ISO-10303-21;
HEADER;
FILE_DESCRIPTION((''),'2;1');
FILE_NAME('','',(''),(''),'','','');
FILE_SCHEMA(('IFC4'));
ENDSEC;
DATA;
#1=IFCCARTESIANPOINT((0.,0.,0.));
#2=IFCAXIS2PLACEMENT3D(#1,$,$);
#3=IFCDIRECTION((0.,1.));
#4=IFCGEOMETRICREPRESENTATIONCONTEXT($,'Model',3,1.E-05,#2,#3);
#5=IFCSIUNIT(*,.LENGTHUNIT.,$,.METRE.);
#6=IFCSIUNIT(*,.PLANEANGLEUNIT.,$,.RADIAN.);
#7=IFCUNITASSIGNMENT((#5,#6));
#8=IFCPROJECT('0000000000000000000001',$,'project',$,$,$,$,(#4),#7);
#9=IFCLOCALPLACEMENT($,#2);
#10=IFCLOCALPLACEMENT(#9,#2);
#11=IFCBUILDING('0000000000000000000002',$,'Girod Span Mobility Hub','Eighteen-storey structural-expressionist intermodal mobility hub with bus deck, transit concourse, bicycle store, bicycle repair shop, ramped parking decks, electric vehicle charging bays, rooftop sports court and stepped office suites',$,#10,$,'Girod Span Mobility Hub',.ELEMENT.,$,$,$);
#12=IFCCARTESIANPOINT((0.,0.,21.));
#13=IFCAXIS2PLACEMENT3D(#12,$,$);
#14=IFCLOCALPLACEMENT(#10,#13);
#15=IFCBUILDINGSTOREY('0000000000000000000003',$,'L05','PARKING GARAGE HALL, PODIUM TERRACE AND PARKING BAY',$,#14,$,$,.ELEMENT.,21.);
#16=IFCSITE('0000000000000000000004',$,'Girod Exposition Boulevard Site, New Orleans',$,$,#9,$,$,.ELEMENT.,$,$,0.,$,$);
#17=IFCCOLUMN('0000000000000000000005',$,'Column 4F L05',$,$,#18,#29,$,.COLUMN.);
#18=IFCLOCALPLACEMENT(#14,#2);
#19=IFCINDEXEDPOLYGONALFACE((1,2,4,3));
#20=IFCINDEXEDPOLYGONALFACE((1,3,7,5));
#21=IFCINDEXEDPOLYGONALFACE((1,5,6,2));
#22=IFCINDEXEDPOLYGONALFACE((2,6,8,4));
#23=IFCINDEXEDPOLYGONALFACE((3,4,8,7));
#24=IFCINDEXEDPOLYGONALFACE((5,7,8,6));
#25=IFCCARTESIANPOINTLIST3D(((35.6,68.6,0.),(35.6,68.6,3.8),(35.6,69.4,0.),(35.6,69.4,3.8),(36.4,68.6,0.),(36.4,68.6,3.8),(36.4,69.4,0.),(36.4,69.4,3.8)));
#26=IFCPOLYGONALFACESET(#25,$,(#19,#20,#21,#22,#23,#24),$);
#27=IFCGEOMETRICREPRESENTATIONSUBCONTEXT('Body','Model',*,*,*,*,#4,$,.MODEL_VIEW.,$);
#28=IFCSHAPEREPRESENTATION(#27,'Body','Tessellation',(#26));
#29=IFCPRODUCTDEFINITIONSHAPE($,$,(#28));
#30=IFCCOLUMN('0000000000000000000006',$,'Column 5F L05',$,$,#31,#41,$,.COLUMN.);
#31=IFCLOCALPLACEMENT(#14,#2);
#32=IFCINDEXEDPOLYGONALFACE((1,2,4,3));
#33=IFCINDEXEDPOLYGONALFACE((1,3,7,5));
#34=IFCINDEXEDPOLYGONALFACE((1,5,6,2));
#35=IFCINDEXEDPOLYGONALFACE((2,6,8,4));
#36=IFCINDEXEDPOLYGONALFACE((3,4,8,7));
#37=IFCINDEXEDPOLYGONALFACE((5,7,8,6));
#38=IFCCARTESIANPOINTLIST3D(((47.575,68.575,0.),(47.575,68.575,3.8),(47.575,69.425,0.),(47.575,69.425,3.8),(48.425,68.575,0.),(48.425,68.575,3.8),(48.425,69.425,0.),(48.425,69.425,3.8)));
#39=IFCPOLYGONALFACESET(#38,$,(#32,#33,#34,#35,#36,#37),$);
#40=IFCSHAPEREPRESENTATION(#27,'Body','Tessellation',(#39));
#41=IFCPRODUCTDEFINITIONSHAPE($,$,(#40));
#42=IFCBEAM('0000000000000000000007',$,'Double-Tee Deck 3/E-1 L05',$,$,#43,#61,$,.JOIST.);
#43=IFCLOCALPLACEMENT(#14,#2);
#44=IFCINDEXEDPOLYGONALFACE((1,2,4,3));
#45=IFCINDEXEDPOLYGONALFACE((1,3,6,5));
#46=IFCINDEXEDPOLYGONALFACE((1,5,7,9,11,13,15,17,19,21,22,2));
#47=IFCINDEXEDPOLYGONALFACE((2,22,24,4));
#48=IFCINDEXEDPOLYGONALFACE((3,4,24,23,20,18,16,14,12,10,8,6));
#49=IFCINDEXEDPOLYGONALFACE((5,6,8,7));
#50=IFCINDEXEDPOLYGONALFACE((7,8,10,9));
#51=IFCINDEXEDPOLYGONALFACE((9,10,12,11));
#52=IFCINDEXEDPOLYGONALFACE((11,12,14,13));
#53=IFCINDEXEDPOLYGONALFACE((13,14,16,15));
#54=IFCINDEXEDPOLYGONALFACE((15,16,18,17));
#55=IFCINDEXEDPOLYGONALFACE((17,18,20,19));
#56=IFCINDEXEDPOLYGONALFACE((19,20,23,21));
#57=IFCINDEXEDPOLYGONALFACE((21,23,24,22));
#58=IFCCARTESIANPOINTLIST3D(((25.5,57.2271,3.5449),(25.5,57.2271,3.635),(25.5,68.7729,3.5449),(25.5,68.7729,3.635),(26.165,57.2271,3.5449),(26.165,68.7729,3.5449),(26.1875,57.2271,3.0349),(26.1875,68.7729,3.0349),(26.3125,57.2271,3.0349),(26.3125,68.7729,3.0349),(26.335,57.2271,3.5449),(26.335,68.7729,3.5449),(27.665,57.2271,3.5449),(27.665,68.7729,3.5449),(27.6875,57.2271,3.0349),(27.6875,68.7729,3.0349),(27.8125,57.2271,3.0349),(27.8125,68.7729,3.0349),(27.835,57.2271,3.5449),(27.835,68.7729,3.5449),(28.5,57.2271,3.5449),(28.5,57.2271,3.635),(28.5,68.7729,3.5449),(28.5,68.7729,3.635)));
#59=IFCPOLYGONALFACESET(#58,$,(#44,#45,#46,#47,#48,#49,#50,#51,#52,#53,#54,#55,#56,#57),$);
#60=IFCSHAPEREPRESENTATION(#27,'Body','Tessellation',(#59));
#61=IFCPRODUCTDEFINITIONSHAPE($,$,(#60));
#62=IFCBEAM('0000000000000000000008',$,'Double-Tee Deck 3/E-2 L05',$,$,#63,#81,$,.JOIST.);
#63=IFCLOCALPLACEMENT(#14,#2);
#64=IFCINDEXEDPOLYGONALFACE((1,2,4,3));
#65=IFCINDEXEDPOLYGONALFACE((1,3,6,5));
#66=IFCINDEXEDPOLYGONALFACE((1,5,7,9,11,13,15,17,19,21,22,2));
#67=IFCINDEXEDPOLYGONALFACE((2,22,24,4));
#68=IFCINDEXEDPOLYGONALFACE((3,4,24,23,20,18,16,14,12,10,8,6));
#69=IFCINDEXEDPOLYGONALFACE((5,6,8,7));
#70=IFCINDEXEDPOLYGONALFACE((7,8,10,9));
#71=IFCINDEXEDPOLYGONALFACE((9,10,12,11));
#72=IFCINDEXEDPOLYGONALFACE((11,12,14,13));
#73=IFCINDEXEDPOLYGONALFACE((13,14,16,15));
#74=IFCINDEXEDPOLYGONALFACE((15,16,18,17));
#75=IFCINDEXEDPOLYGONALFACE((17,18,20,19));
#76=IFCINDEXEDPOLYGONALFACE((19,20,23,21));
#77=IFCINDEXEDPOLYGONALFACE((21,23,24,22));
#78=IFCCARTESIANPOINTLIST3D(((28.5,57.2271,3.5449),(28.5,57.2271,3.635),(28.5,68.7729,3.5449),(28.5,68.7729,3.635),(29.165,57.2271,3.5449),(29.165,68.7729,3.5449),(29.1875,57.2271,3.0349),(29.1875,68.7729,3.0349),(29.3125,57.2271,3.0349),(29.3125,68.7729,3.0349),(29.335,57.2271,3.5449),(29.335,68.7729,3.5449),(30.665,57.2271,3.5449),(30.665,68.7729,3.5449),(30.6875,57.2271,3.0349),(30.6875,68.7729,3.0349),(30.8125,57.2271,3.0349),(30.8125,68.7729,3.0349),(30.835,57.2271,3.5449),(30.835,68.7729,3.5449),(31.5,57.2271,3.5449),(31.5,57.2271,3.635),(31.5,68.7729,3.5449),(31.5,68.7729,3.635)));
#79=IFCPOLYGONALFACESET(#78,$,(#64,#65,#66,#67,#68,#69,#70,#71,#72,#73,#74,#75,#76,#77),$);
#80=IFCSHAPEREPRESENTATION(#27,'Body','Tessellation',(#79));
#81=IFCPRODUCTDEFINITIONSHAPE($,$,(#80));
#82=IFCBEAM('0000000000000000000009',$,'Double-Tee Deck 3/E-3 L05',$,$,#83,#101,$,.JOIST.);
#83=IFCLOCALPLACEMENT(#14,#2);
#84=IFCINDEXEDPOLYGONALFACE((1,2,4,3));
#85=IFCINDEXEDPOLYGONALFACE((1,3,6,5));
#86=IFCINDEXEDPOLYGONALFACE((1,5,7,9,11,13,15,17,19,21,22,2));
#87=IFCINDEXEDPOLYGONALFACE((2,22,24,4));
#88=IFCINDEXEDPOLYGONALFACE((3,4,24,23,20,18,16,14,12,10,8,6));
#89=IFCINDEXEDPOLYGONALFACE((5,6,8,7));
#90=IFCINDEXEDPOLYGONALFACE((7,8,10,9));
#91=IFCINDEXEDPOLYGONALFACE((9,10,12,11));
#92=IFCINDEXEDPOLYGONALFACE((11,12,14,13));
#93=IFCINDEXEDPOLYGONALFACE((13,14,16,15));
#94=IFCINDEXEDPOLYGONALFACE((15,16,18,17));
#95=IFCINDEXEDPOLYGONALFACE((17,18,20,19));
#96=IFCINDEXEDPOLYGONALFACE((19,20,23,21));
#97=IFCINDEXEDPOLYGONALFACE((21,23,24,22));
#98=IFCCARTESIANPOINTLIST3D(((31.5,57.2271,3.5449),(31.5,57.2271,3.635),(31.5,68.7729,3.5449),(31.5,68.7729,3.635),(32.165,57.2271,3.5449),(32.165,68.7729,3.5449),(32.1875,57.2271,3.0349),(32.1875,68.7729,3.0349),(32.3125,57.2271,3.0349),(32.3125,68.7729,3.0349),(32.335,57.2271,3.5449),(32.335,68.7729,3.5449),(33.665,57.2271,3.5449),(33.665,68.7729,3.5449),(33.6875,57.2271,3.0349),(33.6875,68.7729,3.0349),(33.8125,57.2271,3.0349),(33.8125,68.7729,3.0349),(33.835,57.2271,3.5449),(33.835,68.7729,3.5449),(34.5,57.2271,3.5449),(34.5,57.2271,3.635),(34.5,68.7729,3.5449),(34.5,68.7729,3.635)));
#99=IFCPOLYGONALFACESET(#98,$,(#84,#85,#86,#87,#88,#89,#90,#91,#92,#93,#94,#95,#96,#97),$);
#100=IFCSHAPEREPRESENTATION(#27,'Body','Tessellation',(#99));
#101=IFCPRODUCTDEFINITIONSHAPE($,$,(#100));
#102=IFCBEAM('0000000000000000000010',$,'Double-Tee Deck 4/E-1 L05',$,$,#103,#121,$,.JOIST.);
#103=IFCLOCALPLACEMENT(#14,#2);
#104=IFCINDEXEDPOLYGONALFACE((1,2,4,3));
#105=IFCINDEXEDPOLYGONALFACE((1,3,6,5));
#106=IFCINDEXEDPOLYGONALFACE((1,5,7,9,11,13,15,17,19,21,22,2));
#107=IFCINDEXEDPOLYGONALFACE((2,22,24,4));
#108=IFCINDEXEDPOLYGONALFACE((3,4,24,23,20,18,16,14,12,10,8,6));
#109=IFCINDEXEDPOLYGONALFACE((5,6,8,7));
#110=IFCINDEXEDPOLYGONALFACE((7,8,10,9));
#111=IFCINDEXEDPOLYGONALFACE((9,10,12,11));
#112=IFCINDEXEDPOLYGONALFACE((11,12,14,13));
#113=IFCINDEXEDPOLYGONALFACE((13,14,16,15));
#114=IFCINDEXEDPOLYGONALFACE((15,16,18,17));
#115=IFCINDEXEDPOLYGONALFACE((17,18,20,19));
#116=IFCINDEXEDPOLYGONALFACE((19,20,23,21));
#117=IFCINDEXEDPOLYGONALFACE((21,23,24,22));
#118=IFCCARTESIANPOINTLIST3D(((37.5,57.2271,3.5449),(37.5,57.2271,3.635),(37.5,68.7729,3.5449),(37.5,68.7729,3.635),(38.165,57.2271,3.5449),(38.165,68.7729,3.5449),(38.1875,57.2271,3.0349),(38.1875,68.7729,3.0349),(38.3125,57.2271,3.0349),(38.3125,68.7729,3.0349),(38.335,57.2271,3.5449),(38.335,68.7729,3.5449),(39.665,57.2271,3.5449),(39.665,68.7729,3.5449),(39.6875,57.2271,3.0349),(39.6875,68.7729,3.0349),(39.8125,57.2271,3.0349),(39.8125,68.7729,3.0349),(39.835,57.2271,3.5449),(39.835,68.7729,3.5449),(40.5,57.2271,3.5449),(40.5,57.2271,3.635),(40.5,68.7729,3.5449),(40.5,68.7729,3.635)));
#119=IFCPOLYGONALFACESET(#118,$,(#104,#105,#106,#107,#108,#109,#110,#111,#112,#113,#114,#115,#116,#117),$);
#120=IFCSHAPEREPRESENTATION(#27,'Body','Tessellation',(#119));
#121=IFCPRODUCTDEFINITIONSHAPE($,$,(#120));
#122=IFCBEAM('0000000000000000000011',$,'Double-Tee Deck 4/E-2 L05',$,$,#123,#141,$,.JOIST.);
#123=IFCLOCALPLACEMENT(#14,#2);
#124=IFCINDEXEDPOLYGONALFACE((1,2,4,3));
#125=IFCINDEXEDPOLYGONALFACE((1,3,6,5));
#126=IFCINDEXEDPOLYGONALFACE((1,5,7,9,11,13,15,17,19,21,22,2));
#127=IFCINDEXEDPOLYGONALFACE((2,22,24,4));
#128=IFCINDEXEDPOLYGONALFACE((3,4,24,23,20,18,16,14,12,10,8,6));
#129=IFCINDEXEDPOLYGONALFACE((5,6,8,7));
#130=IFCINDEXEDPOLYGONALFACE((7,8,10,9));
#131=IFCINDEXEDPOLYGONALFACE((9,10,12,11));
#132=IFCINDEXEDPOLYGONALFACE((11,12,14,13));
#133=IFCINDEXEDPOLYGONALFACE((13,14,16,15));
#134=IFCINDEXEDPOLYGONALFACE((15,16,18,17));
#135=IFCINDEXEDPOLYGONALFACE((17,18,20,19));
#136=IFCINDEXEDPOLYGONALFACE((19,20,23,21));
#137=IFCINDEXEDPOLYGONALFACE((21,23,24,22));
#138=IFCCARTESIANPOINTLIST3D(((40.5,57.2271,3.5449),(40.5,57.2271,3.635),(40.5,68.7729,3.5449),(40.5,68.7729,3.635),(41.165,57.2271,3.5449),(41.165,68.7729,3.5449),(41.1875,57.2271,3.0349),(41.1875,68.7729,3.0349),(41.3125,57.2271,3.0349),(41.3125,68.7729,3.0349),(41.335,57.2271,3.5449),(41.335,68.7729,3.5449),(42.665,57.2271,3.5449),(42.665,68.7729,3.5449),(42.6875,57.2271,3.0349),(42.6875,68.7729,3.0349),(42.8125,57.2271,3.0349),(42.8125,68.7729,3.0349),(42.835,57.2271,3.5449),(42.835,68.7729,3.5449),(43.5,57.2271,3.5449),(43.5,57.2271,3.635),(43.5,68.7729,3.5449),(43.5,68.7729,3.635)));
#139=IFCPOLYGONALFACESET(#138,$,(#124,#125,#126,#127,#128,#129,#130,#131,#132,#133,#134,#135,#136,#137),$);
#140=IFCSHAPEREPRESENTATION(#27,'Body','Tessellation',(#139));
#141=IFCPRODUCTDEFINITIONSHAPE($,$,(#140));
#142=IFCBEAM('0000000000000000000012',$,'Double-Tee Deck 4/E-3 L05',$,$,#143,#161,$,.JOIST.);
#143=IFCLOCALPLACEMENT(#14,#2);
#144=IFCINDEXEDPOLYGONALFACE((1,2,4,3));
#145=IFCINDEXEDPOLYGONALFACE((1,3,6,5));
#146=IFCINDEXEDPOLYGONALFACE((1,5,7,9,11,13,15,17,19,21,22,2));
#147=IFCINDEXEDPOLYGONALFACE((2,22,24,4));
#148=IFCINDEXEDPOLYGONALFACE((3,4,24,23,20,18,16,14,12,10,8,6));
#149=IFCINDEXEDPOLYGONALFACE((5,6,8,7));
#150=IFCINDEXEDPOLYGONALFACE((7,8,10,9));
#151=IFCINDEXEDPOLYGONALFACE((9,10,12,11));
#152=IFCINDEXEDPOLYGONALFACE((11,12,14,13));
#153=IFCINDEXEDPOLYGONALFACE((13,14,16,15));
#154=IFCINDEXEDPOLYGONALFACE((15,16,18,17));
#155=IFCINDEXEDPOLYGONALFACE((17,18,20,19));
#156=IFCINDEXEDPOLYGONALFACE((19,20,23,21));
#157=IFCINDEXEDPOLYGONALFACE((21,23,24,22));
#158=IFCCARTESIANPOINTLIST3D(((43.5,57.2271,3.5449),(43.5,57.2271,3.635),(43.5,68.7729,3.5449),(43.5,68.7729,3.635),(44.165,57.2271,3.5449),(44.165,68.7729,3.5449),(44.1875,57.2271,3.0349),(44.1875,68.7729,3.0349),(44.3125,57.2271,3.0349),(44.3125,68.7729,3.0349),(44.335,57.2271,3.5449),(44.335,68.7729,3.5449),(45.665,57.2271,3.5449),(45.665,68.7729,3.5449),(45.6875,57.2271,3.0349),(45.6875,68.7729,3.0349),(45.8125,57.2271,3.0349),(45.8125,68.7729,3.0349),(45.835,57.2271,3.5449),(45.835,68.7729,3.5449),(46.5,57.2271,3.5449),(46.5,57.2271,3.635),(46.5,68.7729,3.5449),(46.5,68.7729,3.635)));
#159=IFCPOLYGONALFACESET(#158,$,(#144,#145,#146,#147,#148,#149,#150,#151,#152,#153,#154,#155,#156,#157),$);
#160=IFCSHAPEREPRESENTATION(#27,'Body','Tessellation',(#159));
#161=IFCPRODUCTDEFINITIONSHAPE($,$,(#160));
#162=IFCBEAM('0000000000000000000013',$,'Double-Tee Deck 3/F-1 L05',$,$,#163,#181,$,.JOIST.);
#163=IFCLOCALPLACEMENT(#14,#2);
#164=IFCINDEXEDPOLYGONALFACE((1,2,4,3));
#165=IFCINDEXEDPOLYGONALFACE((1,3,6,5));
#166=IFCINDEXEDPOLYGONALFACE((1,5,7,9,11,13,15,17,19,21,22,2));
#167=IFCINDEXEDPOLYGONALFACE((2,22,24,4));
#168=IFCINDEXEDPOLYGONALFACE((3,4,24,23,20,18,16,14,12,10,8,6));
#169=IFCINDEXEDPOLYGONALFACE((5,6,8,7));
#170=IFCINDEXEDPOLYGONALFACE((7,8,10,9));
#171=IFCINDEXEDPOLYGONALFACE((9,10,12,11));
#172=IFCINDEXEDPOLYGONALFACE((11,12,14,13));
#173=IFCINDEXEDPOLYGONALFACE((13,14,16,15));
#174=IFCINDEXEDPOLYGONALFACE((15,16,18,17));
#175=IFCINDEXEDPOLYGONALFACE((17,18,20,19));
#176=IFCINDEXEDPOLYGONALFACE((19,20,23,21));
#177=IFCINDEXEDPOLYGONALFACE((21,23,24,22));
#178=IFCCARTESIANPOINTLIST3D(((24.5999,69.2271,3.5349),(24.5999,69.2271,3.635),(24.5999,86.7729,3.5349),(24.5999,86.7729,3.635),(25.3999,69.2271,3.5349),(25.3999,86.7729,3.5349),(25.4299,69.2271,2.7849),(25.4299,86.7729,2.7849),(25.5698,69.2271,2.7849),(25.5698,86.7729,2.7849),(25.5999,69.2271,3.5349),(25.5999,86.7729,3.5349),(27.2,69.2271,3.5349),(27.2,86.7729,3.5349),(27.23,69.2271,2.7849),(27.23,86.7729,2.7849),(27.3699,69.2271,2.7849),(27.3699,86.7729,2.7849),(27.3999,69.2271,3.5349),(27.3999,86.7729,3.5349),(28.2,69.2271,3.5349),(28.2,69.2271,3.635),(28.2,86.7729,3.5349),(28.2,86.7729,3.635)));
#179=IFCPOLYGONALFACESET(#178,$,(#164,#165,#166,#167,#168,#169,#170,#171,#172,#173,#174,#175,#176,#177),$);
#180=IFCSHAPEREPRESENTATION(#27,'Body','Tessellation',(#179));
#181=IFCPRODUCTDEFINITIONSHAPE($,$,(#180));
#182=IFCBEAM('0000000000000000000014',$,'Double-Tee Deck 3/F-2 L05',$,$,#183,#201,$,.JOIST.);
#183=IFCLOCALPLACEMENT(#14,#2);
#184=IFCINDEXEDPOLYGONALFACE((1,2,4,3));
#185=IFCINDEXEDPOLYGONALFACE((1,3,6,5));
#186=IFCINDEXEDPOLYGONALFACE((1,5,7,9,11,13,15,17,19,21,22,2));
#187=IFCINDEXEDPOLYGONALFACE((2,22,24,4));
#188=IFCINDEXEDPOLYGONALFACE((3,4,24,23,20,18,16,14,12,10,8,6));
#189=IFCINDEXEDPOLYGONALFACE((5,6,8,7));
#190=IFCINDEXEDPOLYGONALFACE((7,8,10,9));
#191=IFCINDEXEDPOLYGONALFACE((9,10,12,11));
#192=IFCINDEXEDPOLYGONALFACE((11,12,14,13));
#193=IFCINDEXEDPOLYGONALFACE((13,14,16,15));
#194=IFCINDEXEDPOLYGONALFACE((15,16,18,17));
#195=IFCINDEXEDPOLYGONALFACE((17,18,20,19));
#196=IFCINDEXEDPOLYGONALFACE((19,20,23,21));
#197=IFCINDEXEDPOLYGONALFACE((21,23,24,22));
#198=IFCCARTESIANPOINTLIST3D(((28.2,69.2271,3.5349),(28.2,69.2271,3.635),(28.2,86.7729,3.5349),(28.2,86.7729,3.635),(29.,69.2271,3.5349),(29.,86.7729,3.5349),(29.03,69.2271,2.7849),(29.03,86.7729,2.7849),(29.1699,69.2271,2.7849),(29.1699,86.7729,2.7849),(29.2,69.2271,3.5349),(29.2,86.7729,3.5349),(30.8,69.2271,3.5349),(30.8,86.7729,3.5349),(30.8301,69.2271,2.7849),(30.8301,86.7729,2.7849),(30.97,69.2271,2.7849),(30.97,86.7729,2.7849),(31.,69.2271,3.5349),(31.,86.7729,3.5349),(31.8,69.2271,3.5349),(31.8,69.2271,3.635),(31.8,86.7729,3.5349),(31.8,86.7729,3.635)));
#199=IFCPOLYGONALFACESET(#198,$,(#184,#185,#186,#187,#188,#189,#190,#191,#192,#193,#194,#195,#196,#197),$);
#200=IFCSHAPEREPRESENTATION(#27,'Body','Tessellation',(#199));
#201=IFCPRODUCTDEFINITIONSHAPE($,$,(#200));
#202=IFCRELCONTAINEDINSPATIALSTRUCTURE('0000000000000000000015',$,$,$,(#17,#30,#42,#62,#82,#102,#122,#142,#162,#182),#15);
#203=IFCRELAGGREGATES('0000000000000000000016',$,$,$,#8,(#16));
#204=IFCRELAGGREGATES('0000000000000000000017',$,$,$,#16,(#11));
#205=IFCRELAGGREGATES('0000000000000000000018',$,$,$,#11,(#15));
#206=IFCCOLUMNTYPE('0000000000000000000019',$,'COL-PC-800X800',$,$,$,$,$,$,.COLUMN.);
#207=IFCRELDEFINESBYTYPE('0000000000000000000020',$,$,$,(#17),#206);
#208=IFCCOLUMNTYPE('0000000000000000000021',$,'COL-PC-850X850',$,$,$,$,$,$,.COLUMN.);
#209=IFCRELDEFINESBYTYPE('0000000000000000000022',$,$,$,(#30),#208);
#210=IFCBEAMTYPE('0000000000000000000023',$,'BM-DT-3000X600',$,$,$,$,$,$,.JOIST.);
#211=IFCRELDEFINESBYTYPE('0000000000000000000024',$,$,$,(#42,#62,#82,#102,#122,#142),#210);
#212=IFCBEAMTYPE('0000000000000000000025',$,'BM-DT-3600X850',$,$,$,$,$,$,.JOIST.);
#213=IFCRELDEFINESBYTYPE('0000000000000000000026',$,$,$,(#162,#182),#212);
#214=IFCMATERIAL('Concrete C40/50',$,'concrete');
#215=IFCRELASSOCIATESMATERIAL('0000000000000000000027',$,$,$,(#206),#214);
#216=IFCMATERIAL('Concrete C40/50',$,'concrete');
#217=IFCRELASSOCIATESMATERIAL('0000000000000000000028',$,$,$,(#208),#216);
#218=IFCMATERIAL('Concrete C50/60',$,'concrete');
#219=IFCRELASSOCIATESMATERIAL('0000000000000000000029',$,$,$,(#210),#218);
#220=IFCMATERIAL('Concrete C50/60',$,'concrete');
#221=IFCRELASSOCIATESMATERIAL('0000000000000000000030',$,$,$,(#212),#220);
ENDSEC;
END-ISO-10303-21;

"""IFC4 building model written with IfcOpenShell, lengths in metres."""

from ifc_helpers import new_model, si_unit, direction, frame, origin, origin_2d, place, context, subcontext, project, spatial, polyline, rectangle, outline, extrude, material, material_profile, profile_set, type_object, element, save


model = new_model("IFC4")

# Units and contexts
model_context = context("Model", 3, precision=1e-05, world=origin(), true_north=direction((0.0, 1.0)))
body_context = subcontext(model_context, "Body", "Model", "MODEL_VIEW")
ifc_project = project(units=[si_unit("LENGTHUNIT", "METRE"), si_unit("PLANEANGLEUNIT", "RADIAN")], contexts=[model_context])

# Site, building, storey
site_placement = place(None, origin())
site = spatial("IfcSite", under=ifc_project, at=site_placement, Name="Girod Exposition Boulevard Site, New Orleans", CompositionType="ELEMENT", RefElevation=0.0)
building_placement = place(site_placement, origin())
building = spatial("IfcBuilding", under=site, at=building_placement, Name="Girod Span Mobility Hub", Description="Eighteen-storey structural-expressionist intermodal mobility hub with bus deck, transit concourse, bicycle store, bicycle repair shop, ramped parking decks, electric vehicle charging bays, rooftop sports court and stepped office suites", LongName="Girod Span Mobility Hub", CompositionType="ELEMENT")
storey_placement = place(building_placement, frame((0.0, 0.0, 21.0)))
storey = spatial("IfcBuildingStorey", under=building, at=storey_placement, Name="L05", Description="PARKING GARAGE HALL, PODIUM TERRACE AND PARKING BAY", CompositionType="ELEMENT", Elevation=21.0)

# Columns
ifc_material_1 = material(Name="Concrete C40/50", Category="concrete")
ifc_material_profile_1 = material_profile(ifc_material_1, rectangle(XDim=0.8, YDim=0.8, at=origin_2d()), Name="PC-COL-800X800")
ifc_profile_set_1 = profile_set([ifc_material_profile_1], Name="Concrete C40/50")
column_type_1 = type_object("IfcColumnType", Name="COL-PC-800X800", PredefinedType="COLUMN", material=ifc_profile_set_1)
column_1_placement = place(storey_placement, frame((36.0, 69.0, 0.0), z_axis=(0.0, 0.0, 1.0), x_axis=(1.0, 0.0, 0.0)))
element("IfcColumn", 1, at=column_1_placement, inside=storey, type_object=column_type_1, Name="Column 4F L05", PredefinedType="COLUMN", context=body_context, shape_type="SweptSolid", body=[
    extrude(rectangle(XDim=0.8, YDim=0.8, at=origin_2d()), origin(), (0.0, 0.0, 1.0), 3.8),
])
ifc_material_2 = material(Name="Concrete C40/50", Category="concrete")
ifc_material_profile_2 = material_profile(ifc_material_2, rectangle(XDim=0.8501, YDim=0.8501, at=origin_2d()), Name="PC-COL-850X850")
ifc_profile_set_2 = profile_set([ifc_material_profile_2], Name="Concrete C40/50")
column_type_2 = type_object("IfcColumnType", Name="COL-PC-850X850", PredefinedType="COLUMN", material=ifc_profile_set_2)
column_2_placement = place(storey_placement, frame((48.0, 69.0, 0.0), z_axis=(0.0, 0.0, 1.0), x_axis=(1.0, 0.0, 0.0)))
element("IfcColumn", 2, at=column_2_placement, inside=storey, type_object=column_type_2, Name="Column 5F L05", PredefinedType="COLUMN", context=body_context, shape_type="SweptSolid", body=[
    extrude(rectangle(XDim=0.8501, YDim=0.8501, at=origin_2d()), origin(), (0.0, 0.0, 1.0), 3.8),
])

# Beams
ifc_material_3 = material(Name="Concrete C50/60", Category="concrete")
ifc_material_profile_3 = material_profile(ifc_material_3, outline(polyline([(-1.5, 0.3), (-1.5, 0.21), (-0.835, 0.21), (-0.8125, -0.3), (-0.6875, -0.3), (-0.665, 0.21), (0.665, 0.21), (0.6875, -0.3), (0.8125, -0.3), (0.835, 0.21), (1.5, 0.21), (1.5, 0.3), (-1.5, 0.3)])), Name="DT-3000X600")
ifc_profile_set_3 = profile_set([ifc_material_profile_3], Name="Concrete C50/60")
beam_type_1 = type_object("IfcBeamType", Name="BM-DT-3000X600", PredefinedType="JOIST", material=ifc_profile_set_3)
for number, where, z_axis, x_axis, name in (
    (3, (27.0, 57.2271, 3.335), (0.0, 1.0, 0.0), (-1.0, 0.0, 0.0), "Double-Tee Deck 3/E-1 L05"),
    (4, (30.0, 57.2271, 3.335), (0.0, 1.0, 0.0), (-1.0, 0.0, 0.0), "Double-Tee Deck 3/E-2 L05"),
    (5, (33.0, 57.2271, 3.335), (0.0, 1.0, 0.0), (-1.0, 0.0, 0.0), "Double-Tee Deck 3/E-3 L05"),
    (6, (39.0, 57.2271, 3.335), (0.0, 1.0, 0.0), (-1.0, 0.0, 0.0), "Double-Tee Deck 4/E-1 L05"),
    (7, (42.0, 57.2271, 3.335), (0.0, 1.0, 0.0), (-1.0, 0.0, 0.0), "Double-Tee Deck 4/E-2 L05"),
    (8, (45.0, 57.2271, 3.335), (0.0, 1.0, 0.0), (-1.0, 0.0, 0.0), "Double-Tee Deck 4/E-3 L05"),
):
    element("IfcBeam", number, at=place(storey_placement, frame(where, z_axis=z_axis, x_axis=x_axis)), inside=storey, type_object=beam_type_1, Name=name, PredefinedType="JOIST", context=body_context, shape_type="SweptSolid", body=[
        extrude(outline(polyline([(-1.5, 0.3), (-1.5, 0.21), (-0.835, 0.21), (-0.8125, -0.3), (-0.6875, -0.3), (-0.665, 0.21), (0.665, 0.21), (0.6875, -0.3), (0.8125, -0.3), (0.835, 0.21), (1.5, 0.21), (1.5, 0.3), (-1.5, 0.3)])), origin(), (0.0, 0.0, 1.0), 11.5459),
    ])
ifc_material_4 = material(Name="Concrete C50/60", Category="concrete")
ifc_material_profile_4 = material_profile(ifc_material_4, outline(polyline([(-1.8, 0.425), (-1.8, 0.325), (-1.0, 0.325), (-0.97, -0.425), (-0.8301, -0.425), (-0.8, 0.325), (0.8, 0.325), (0.8301, -0.425), (0.97, -0.425), (1.0, 0.325), (1.8, 0.325), (1.8, 0.425), (-1.8, 0.425)])), Name="DT-3600X850")
ifc_profile_set_4 = profile_set([ifc_material_profile_4], Name="Concrete C50/60")
beam_type_2 = type_object("IfcBeamType", Name="BM-DT-3600X850", PredefinedType="JOIST", material=ifc_profile_set_4)
for number, where, z_axis, x_axis, name in (
    (9, (26.3999, 69.2271, 3.21), (0.0, 1.0, 0.0), (-1.0, 0.0, 0.0), "Double-Tee Deck 3/F-1 L05"),
    (10, (30.0, 69.2271, 3.21), (0.0, 1.0, 0.0), (-1.0, 0.0, 0.0), "Double-Tee Deck 3/F-2 L05"),
):
    element("IfcBeam", number, at=place(storey_placement, frame(where, z_axis=z_axis, x_axis=x_axis)), inside=storey, type_object=beam_type_2, Name=name, PredefinedType="JOIST", context=body_context, shape_type="SweptSolid", body=[
        extrude(outline(polyline([(-1.8, 0.425), (-1.8, 0.325), (-1.0, 0.325), (-0.97, -0.425), (-0.8301, -0.425), (-0.8, 0.325), (0.8, 0.325), (0.8301, -0.425), (0.97, -0.425), (1.0, 0.325), (1.8, 0.325), (1.8, 0.425), (-1.8, 0.425)])), origin(), (0.0, 0.0, 1.0), 17.5459),
    ])

save(model, "model.ifc")
